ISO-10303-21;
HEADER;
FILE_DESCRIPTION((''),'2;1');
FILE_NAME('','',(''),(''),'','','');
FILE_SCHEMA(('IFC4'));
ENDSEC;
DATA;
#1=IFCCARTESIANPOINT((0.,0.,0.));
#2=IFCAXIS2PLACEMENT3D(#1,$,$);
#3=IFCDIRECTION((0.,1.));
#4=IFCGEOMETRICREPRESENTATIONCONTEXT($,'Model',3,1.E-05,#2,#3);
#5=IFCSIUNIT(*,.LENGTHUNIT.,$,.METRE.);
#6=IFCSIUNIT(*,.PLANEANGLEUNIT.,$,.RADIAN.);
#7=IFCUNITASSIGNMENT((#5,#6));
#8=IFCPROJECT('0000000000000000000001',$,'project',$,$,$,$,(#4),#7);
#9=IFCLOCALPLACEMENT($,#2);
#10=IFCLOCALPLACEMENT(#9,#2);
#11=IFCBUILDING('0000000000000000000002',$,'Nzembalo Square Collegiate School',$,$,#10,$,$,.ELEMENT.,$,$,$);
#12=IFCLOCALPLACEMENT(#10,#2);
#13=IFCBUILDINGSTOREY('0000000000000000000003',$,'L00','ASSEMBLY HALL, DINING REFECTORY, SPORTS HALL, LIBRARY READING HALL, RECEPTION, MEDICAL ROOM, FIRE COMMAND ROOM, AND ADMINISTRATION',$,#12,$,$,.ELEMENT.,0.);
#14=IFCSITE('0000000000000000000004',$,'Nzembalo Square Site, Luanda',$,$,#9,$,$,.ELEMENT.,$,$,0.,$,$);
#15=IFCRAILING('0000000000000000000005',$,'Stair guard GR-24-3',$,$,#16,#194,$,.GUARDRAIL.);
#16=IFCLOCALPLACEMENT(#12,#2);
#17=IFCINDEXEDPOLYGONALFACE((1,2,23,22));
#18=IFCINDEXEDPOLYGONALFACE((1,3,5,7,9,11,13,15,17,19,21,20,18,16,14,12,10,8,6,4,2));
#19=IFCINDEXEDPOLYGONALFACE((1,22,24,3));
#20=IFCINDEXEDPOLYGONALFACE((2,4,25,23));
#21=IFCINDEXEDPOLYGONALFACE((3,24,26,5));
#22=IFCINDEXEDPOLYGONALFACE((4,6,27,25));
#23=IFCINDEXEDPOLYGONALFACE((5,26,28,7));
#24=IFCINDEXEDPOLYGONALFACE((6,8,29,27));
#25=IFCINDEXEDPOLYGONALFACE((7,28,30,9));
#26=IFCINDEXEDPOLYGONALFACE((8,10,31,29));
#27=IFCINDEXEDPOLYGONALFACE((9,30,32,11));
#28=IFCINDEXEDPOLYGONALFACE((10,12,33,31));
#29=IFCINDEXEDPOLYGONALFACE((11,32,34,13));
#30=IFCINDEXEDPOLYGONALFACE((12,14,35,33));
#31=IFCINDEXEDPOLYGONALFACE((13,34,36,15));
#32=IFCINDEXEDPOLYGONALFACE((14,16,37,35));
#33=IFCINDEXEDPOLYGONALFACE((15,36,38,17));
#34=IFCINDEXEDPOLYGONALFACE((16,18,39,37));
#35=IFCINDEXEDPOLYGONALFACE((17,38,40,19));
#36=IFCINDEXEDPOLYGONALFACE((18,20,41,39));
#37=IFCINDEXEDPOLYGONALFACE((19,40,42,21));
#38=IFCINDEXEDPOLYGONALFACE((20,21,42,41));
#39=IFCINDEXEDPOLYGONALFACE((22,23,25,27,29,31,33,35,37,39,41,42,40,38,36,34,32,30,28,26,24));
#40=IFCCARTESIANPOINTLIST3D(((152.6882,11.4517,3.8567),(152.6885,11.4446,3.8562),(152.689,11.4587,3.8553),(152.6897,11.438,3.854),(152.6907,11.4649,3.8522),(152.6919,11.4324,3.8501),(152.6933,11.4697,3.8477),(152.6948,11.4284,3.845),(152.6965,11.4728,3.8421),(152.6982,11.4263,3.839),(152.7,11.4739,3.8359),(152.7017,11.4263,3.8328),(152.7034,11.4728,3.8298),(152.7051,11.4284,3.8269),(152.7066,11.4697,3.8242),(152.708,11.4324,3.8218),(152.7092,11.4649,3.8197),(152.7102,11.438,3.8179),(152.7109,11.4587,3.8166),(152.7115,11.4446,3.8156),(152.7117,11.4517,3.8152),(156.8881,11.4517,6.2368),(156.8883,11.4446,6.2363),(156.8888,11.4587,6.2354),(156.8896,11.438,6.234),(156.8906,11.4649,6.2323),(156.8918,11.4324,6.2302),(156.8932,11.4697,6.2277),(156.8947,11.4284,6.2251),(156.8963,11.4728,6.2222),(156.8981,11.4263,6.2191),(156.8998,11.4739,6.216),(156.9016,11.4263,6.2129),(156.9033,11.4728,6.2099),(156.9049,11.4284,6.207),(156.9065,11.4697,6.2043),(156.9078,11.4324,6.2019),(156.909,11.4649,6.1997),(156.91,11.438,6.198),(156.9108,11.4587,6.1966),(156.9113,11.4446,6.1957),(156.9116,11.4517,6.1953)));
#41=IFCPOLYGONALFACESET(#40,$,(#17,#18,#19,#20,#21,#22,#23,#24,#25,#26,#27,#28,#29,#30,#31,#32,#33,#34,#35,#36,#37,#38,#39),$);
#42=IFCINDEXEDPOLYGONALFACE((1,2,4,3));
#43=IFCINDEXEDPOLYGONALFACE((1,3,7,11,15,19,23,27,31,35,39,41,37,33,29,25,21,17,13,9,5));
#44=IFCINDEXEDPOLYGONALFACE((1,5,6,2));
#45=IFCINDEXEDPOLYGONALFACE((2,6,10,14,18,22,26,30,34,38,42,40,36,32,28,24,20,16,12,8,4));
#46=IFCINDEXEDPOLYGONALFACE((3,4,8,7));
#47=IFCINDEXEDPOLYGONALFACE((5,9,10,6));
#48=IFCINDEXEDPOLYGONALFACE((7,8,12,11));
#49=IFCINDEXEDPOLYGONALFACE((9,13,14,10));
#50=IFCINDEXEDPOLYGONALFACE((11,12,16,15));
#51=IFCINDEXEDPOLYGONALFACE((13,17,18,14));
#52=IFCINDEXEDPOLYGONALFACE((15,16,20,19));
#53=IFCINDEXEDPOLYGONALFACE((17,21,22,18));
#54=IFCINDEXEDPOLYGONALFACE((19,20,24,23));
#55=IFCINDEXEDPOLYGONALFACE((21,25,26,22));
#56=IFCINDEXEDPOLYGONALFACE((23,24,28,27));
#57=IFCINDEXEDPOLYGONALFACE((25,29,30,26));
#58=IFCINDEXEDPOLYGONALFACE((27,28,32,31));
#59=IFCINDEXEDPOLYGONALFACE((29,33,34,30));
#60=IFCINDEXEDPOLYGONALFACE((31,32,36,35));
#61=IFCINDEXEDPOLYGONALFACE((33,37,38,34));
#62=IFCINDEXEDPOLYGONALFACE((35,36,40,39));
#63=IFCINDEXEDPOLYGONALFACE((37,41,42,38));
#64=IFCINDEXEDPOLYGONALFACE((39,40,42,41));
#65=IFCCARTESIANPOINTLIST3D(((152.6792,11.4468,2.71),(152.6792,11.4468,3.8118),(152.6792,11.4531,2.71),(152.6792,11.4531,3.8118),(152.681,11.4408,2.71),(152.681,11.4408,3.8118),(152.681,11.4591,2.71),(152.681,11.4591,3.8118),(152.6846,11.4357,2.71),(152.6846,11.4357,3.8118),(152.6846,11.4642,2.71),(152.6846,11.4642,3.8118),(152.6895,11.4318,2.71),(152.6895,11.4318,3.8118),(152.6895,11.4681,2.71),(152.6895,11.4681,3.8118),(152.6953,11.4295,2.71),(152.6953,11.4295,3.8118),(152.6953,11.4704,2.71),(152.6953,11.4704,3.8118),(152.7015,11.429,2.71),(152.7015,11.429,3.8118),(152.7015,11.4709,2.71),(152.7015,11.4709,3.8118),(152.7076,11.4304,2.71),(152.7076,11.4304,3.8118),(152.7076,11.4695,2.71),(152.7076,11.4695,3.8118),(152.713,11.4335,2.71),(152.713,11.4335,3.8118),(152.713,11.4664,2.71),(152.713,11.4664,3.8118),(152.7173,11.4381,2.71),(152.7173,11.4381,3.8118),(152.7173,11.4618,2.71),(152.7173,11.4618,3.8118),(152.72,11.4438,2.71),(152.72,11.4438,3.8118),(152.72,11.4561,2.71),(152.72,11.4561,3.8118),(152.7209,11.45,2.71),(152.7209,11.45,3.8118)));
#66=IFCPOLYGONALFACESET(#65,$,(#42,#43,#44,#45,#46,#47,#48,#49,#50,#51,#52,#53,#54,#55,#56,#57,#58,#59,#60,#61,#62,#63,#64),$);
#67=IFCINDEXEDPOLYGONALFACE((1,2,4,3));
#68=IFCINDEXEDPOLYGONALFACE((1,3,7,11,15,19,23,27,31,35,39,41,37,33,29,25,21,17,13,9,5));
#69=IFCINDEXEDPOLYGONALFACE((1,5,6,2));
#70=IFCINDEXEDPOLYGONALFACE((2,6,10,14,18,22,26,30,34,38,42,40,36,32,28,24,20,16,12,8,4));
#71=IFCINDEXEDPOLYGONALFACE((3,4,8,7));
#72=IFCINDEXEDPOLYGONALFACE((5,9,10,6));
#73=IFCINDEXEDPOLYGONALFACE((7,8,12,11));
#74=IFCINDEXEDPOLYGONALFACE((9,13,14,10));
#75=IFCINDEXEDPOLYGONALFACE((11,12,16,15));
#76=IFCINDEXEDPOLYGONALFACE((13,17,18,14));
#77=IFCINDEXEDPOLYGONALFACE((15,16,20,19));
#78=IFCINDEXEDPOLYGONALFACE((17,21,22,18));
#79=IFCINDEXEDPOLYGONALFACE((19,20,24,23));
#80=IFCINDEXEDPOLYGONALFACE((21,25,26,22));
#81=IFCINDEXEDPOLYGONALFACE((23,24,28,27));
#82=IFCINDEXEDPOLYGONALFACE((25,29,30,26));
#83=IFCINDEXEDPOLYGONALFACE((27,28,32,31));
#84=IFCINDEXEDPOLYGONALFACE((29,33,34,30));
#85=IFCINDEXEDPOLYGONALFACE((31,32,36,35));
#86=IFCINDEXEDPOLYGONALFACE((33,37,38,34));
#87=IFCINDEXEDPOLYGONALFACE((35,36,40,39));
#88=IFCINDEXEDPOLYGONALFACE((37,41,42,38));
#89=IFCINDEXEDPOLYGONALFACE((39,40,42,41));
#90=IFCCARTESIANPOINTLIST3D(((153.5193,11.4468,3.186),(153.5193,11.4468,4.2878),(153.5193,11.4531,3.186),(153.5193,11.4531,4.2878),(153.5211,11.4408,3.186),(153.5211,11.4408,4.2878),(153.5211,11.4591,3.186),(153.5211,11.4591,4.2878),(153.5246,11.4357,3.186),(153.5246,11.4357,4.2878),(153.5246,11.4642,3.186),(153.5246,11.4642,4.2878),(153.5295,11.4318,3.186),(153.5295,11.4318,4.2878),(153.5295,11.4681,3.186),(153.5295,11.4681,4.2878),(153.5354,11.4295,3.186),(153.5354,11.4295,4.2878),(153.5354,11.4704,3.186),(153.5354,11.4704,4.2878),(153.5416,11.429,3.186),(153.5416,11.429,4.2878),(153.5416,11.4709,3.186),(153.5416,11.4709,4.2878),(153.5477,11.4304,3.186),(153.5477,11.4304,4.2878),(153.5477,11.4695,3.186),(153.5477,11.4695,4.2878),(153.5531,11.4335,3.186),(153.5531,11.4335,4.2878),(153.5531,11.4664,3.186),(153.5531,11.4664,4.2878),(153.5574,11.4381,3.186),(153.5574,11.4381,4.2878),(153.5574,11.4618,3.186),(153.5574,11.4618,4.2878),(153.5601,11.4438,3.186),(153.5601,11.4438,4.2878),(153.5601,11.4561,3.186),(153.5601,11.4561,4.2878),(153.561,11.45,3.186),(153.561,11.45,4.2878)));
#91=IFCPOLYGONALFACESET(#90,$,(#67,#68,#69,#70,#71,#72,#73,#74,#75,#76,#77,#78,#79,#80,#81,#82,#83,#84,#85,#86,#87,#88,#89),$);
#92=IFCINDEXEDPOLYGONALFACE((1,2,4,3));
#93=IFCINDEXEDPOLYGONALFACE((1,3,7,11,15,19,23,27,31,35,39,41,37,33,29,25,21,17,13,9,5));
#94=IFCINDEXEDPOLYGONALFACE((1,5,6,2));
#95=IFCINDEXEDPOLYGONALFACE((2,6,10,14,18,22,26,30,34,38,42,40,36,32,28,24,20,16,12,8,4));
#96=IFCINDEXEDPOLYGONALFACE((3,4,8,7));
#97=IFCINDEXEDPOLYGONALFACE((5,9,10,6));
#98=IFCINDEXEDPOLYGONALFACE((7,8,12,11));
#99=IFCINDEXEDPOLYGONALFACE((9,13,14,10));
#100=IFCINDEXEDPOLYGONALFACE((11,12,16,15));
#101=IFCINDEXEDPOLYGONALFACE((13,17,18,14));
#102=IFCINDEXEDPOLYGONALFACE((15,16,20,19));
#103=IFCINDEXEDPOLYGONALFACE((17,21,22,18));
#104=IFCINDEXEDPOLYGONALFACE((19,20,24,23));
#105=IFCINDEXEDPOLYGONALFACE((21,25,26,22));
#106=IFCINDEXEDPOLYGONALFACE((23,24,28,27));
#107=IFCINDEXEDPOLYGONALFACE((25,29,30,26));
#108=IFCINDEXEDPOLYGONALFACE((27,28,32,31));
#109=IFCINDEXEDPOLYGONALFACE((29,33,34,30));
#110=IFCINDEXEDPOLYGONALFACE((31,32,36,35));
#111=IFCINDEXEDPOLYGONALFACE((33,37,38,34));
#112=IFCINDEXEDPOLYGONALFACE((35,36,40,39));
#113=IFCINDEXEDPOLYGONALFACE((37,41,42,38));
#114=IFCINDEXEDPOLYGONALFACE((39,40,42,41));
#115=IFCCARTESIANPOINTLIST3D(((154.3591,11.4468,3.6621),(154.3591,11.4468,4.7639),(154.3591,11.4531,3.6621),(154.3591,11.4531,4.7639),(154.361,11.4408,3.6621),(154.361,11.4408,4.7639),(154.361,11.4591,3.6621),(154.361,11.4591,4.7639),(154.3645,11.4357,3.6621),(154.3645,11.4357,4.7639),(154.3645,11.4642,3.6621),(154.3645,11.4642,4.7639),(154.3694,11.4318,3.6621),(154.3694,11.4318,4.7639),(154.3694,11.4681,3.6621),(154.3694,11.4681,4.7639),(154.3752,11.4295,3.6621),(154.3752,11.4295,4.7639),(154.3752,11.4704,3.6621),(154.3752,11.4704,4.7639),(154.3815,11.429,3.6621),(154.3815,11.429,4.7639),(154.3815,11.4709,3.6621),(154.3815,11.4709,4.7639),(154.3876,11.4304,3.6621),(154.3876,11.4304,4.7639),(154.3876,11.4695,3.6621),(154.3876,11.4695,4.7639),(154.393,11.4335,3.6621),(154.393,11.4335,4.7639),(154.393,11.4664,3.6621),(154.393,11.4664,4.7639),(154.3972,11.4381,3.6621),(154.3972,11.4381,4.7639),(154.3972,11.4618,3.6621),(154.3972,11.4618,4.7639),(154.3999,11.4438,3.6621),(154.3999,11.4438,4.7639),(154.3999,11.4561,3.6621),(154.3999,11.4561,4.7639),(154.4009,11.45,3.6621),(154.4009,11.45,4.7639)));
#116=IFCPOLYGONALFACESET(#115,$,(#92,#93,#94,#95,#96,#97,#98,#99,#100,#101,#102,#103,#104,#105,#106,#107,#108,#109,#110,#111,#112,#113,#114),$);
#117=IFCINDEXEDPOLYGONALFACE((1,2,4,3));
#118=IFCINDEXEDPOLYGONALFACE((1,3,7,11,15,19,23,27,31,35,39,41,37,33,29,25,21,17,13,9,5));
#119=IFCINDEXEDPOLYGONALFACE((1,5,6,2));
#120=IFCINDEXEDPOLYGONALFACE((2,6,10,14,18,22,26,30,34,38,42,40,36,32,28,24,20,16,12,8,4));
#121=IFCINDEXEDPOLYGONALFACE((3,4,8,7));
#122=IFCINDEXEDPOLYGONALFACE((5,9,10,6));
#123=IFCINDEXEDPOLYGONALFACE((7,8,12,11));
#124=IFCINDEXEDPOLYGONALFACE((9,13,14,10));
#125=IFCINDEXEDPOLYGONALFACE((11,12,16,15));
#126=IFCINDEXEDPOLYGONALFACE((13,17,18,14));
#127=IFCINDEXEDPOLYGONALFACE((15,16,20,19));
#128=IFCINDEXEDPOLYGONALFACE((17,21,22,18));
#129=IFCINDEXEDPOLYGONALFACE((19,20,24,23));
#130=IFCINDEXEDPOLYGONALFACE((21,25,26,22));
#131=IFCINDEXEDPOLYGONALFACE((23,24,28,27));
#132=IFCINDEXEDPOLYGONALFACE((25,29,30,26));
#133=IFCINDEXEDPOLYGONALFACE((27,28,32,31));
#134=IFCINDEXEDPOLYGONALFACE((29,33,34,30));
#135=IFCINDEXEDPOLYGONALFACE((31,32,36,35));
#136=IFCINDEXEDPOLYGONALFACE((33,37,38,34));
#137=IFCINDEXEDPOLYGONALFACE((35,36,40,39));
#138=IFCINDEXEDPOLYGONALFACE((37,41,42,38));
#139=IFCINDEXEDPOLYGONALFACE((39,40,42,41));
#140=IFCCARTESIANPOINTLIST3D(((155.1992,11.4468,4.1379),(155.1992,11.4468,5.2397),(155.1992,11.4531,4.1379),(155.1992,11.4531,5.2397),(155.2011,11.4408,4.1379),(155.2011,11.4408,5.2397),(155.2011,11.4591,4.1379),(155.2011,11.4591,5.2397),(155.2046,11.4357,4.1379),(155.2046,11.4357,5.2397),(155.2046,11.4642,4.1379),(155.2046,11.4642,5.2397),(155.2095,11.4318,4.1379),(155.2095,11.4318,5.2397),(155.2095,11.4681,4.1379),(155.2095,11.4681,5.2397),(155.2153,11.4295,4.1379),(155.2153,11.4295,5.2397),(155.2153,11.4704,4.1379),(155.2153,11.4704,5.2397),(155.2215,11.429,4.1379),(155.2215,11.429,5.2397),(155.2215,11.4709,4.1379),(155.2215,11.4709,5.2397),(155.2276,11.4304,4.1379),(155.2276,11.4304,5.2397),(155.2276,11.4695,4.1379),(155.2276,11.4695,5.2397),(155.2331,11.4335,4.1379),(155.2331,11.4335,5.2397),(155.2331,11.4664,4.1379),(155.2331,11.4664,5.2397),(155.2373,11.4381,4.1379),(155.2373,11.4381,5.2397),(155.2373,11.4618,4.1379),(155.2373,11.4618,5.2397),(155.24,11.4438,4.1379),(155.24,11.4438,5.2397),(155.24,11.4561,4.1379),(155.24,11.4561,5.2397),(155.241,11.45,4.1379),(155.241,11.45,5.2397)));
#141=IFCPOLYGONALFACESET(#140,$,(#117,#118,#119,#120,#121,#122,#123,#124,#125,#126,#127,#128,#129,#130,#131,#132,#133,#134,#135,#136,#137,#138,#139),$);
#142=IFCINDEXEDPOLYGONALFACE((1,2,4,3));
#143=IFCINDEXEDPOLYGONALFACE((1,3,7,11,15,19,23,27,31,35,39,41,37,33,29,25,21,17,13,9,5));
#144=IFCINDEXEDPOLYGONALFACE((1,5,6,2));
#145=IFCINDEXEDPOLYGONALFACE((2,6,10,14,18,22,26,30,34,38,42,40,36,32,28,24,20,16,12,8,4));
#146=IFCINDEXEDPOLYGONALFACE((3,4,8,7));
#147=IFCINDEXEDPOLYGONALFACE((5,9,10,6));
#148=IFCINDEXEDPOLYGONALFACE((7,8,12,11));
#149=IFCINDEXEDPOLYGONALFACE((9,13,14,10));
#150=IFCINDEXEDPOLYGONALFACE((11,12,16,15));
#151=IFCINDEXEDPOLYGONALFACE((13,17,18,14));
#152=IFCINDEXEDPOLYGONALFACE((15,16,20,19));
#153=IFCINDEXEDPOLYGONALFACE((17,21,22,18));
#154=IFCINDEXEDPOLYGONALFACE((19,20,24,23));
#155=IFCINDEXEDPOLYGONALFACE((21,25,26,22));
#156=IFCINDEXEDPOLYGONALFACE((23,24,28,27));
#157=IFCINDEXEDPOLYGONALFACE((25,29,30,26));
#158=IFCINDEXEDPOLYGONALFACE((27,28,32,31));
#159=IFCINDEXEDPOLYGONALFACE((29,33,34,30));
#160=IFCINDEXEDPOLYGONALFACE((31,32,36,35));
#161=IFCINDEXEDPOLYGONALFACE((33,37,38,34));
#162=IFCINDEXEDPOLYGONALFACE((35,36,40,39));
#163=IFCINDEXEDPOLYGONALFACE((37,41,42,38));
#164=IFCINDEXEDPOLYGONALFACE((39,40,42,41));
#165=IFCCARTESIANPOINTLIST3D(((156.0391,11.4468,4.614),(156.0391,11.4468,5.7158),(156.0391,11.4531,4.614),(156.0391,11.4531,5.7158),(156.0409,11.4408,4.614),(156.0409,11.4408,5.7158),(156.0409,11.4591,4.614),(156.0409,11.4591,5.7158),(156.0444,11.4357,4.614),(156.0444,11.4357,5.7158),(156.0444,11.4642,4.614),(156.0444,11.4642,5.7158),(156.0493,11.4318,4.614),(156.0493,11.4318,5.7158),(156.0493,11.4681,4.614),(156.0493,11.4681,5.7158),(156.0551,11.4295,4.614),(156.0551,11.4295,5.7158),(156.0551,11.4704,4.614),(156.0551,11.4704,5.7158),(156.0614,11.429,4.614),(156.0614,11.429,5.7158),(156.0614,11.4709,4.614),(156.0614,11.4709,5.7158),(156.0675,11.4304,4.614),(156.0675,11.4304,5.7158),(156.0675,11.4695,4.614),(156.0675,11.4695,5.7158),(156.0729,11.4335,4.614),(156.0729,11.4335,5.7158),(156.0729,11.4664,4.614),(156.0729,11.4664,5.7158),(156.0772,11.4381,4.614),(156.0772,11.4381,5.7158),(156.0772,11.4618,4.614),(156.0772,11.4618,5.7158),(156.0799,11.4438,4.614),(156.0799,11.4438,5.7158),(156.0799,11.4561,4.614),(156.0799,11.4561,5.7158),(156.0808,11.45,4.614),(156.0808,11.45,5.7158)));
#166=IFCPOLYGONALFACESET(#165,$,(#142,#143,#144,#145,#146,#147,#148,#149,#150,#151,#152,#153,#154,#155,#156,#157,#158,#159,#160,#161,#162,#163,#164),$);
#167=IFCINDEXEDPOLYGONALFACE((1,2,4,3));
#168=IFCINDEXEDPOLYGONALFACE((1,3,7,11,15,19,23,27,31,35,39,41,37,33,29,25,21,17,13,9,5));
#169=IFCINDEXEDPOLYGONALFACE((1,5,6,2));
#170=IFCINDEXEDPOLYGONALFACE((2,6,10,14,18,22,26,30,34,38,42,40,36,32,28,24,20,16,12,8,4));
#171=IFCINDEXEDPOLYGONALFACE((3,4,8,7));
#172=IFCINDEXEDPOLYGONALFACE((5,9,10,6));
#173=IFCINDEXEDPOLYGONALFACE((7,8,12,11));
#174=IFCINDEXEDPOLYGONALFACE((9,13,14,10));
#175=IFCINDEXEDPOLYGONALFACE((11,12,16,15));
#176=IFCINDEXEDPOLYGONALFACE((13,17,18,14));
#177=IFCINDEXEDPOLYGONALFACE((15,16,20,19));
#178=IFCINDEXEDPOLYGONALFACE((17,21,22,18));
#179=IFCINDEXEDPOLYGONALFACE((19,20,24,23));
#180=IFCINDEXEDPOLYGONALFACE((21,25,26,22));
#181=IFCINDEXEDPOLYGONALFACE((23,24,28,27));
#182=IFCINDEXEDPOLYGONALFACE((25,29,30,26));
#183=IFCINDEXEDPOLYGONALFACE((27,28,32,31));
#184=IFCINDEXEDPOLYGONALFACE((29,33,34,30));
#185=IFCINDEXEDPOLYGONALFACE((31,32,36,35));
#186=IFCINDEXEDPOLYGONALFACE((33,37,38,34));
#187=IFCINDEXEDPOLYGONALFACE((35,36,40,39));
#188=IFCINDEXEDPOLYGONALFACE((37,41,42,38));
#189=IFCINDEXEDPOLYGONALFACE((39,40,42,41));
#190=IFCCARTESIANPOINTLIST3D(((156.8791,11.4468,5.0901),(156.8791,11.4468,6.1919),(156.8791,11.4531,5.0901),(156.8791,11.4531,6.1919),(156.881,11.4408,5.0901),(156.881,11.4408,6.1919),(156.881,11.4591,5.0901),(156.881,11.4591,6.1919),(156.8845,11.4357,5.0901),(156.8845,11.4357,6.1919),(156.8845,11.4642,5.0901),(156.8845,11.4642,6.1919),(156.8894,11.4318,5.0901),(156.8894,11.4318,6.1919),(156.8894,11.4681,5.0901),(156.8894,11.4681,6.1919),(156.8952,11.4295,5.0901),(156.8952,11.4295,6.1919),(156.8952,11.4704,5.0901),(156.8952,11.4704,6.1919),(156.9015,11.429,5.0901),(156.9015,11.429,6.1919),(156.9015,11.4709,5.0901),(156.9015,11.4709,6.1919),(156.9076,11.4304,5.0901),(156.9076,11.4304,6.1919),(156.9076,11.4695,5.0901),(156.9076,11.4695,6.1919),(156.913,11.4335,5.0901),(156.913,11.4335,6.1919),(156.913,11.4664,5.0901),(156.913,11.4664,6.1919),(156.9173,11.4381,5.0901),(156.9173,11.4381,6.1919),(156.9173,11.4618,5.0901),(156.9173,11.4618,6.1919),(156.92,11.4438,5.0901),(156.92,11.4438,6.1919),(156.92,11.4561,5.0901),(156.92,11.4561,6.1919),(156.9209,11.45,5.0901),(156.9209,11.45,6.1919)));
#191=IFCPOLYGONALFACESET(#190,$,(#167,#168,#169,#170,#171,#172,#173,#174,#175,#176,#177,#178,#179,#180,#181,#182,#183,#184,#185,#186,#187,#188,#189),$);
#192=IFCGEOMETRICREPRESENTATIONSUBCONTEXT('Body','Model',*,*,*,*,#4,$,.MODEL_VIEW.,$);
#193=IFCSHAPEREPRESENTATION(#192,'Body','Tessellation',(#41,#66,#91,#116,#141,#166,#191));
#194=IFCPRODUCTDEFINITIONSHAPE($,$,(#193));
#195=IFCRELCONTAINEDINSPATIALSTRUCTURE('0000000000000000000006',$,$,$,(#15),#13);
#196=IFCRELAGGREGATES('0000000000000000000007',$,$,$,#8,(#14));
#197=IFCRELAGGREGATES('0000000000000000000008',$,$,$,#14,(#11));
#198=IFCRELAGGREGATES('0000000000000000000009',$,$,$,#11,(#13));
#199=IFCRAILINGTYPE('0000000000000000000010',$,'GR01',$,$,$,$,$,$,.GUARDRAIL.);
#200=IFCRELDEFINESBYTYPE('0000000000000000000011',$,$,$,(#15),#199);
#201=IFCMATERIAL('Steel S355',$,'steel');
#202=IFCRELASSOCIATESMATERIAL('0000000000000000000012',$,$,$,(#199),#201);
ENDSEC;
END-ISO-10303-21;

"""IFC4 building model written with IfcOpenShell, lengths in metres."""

from ifc_helpers import new_model, si_unit, direction, frame, origin, origin_2d, place, context, subcontext, project, spatial, circle, extrude, material, type_object, element, save


model = new_model("IFC4")

# Units and contexts
model_context = context("Model", 3, precision=1e-05, world=origin(), true_north=direction((0.0, 1.0)))
body_context = subcontext(model_context, "Body", "Model", "MODEL_VIEW")
ifc_project = project(units=[si_unit("LENGTHUNIT", "METRE"), si_unit("PLANEANGLEUNIT", "RADIAN")], contexts=[model_context])

# Site, building, storey
site_placement = place(None, origin())
site = spatial("IfcSite", under=ifc_project, at=site_placement, Name="Nzembalo Square Site, Luanda", CompositionType="ELEMENT", RefElevation=0.0)
building_placement = place(site_placement, origin())
building = spatial("IfcBuilding", under=site, at=building_placement, Name="Nzembalo Square Collegiate School", CompositionType="ELEMENT")
storey_placement = place(building_placement, origin())
storey = spatial("IfcBuildingStorey", under=building, at=storey_placement, Name="L00", Description="ASSEMBLY HALL, DINING REFECTORY, SPORTS HALL, LIBRARY READING HALL, RECEPTION, MEDICAL ROOM, FIRE COMMAND ROOM, AND ADMINISTRATION", CompositionType="ELEMENT", Elevation=0.0)

# Railing
ifc_material_1 = material(Name="Steel S355", Category="steel")
railing_type_1 = type_object("IfcRailingType", Name="GR01", PredefinedType="GUARDRAIL", material=ifc_material_1)
railing_1_placement = place(storey_placement, frame((152.7, 11.45, 2.71)))
element("IfcRailing", 1, at=railing_1_placement, inside=storey, type_object=railing_type_1, Name="Stair guard GR-24-3", PredefinedType="GUARDRAIL", context=body_context, shape_type="SweptSolid", body=[
    extrude(circle(Radius=0.0239, at=origin_2d()), frame((0.0, 0.0, 1.126), z_axis=(0.870008, 0.0, 0.493037), x_axis=(0.0, 1.0, 0.0)), (0.0, 0.0, 1.0), 4.8274),
    extrude(circle(Radius=0.021, at=origin_2d()), origin(), (0.0, 0.0, 1.0), 1.1018),
    extrude(circle(Radius=0.021, at=origin_2d()), frame((0.8401, 0.0, 0.4761)), (0.0, 0.0, 1.0), 1.1018),
    extrude(circle(Radius=0.021, at=origin_2d()), frame((1.6799, 0.0, 0.9521)), (0.0, 0.0, 1.0), 1.1018),
    extrude(circle(Radius=0.021, at=origin_2d()), frame((2.52, 0.0, 1.428)), (0.0, 0.0, 1.0), 1.1018),
    extrude(circle(Radius=0.021, at=origin_2d()), frame((3.3599, 0.0, 1.9041)), (0.0, 0.0, 1.0), 1.1018),
    extrude(circle(Radius=0.021, at=origin_2d()), frame((4.2, 0.0, 2.3801)), (0.0, 0.0, 1.0), 1.1018),
])

save(model, "model.ifc")
